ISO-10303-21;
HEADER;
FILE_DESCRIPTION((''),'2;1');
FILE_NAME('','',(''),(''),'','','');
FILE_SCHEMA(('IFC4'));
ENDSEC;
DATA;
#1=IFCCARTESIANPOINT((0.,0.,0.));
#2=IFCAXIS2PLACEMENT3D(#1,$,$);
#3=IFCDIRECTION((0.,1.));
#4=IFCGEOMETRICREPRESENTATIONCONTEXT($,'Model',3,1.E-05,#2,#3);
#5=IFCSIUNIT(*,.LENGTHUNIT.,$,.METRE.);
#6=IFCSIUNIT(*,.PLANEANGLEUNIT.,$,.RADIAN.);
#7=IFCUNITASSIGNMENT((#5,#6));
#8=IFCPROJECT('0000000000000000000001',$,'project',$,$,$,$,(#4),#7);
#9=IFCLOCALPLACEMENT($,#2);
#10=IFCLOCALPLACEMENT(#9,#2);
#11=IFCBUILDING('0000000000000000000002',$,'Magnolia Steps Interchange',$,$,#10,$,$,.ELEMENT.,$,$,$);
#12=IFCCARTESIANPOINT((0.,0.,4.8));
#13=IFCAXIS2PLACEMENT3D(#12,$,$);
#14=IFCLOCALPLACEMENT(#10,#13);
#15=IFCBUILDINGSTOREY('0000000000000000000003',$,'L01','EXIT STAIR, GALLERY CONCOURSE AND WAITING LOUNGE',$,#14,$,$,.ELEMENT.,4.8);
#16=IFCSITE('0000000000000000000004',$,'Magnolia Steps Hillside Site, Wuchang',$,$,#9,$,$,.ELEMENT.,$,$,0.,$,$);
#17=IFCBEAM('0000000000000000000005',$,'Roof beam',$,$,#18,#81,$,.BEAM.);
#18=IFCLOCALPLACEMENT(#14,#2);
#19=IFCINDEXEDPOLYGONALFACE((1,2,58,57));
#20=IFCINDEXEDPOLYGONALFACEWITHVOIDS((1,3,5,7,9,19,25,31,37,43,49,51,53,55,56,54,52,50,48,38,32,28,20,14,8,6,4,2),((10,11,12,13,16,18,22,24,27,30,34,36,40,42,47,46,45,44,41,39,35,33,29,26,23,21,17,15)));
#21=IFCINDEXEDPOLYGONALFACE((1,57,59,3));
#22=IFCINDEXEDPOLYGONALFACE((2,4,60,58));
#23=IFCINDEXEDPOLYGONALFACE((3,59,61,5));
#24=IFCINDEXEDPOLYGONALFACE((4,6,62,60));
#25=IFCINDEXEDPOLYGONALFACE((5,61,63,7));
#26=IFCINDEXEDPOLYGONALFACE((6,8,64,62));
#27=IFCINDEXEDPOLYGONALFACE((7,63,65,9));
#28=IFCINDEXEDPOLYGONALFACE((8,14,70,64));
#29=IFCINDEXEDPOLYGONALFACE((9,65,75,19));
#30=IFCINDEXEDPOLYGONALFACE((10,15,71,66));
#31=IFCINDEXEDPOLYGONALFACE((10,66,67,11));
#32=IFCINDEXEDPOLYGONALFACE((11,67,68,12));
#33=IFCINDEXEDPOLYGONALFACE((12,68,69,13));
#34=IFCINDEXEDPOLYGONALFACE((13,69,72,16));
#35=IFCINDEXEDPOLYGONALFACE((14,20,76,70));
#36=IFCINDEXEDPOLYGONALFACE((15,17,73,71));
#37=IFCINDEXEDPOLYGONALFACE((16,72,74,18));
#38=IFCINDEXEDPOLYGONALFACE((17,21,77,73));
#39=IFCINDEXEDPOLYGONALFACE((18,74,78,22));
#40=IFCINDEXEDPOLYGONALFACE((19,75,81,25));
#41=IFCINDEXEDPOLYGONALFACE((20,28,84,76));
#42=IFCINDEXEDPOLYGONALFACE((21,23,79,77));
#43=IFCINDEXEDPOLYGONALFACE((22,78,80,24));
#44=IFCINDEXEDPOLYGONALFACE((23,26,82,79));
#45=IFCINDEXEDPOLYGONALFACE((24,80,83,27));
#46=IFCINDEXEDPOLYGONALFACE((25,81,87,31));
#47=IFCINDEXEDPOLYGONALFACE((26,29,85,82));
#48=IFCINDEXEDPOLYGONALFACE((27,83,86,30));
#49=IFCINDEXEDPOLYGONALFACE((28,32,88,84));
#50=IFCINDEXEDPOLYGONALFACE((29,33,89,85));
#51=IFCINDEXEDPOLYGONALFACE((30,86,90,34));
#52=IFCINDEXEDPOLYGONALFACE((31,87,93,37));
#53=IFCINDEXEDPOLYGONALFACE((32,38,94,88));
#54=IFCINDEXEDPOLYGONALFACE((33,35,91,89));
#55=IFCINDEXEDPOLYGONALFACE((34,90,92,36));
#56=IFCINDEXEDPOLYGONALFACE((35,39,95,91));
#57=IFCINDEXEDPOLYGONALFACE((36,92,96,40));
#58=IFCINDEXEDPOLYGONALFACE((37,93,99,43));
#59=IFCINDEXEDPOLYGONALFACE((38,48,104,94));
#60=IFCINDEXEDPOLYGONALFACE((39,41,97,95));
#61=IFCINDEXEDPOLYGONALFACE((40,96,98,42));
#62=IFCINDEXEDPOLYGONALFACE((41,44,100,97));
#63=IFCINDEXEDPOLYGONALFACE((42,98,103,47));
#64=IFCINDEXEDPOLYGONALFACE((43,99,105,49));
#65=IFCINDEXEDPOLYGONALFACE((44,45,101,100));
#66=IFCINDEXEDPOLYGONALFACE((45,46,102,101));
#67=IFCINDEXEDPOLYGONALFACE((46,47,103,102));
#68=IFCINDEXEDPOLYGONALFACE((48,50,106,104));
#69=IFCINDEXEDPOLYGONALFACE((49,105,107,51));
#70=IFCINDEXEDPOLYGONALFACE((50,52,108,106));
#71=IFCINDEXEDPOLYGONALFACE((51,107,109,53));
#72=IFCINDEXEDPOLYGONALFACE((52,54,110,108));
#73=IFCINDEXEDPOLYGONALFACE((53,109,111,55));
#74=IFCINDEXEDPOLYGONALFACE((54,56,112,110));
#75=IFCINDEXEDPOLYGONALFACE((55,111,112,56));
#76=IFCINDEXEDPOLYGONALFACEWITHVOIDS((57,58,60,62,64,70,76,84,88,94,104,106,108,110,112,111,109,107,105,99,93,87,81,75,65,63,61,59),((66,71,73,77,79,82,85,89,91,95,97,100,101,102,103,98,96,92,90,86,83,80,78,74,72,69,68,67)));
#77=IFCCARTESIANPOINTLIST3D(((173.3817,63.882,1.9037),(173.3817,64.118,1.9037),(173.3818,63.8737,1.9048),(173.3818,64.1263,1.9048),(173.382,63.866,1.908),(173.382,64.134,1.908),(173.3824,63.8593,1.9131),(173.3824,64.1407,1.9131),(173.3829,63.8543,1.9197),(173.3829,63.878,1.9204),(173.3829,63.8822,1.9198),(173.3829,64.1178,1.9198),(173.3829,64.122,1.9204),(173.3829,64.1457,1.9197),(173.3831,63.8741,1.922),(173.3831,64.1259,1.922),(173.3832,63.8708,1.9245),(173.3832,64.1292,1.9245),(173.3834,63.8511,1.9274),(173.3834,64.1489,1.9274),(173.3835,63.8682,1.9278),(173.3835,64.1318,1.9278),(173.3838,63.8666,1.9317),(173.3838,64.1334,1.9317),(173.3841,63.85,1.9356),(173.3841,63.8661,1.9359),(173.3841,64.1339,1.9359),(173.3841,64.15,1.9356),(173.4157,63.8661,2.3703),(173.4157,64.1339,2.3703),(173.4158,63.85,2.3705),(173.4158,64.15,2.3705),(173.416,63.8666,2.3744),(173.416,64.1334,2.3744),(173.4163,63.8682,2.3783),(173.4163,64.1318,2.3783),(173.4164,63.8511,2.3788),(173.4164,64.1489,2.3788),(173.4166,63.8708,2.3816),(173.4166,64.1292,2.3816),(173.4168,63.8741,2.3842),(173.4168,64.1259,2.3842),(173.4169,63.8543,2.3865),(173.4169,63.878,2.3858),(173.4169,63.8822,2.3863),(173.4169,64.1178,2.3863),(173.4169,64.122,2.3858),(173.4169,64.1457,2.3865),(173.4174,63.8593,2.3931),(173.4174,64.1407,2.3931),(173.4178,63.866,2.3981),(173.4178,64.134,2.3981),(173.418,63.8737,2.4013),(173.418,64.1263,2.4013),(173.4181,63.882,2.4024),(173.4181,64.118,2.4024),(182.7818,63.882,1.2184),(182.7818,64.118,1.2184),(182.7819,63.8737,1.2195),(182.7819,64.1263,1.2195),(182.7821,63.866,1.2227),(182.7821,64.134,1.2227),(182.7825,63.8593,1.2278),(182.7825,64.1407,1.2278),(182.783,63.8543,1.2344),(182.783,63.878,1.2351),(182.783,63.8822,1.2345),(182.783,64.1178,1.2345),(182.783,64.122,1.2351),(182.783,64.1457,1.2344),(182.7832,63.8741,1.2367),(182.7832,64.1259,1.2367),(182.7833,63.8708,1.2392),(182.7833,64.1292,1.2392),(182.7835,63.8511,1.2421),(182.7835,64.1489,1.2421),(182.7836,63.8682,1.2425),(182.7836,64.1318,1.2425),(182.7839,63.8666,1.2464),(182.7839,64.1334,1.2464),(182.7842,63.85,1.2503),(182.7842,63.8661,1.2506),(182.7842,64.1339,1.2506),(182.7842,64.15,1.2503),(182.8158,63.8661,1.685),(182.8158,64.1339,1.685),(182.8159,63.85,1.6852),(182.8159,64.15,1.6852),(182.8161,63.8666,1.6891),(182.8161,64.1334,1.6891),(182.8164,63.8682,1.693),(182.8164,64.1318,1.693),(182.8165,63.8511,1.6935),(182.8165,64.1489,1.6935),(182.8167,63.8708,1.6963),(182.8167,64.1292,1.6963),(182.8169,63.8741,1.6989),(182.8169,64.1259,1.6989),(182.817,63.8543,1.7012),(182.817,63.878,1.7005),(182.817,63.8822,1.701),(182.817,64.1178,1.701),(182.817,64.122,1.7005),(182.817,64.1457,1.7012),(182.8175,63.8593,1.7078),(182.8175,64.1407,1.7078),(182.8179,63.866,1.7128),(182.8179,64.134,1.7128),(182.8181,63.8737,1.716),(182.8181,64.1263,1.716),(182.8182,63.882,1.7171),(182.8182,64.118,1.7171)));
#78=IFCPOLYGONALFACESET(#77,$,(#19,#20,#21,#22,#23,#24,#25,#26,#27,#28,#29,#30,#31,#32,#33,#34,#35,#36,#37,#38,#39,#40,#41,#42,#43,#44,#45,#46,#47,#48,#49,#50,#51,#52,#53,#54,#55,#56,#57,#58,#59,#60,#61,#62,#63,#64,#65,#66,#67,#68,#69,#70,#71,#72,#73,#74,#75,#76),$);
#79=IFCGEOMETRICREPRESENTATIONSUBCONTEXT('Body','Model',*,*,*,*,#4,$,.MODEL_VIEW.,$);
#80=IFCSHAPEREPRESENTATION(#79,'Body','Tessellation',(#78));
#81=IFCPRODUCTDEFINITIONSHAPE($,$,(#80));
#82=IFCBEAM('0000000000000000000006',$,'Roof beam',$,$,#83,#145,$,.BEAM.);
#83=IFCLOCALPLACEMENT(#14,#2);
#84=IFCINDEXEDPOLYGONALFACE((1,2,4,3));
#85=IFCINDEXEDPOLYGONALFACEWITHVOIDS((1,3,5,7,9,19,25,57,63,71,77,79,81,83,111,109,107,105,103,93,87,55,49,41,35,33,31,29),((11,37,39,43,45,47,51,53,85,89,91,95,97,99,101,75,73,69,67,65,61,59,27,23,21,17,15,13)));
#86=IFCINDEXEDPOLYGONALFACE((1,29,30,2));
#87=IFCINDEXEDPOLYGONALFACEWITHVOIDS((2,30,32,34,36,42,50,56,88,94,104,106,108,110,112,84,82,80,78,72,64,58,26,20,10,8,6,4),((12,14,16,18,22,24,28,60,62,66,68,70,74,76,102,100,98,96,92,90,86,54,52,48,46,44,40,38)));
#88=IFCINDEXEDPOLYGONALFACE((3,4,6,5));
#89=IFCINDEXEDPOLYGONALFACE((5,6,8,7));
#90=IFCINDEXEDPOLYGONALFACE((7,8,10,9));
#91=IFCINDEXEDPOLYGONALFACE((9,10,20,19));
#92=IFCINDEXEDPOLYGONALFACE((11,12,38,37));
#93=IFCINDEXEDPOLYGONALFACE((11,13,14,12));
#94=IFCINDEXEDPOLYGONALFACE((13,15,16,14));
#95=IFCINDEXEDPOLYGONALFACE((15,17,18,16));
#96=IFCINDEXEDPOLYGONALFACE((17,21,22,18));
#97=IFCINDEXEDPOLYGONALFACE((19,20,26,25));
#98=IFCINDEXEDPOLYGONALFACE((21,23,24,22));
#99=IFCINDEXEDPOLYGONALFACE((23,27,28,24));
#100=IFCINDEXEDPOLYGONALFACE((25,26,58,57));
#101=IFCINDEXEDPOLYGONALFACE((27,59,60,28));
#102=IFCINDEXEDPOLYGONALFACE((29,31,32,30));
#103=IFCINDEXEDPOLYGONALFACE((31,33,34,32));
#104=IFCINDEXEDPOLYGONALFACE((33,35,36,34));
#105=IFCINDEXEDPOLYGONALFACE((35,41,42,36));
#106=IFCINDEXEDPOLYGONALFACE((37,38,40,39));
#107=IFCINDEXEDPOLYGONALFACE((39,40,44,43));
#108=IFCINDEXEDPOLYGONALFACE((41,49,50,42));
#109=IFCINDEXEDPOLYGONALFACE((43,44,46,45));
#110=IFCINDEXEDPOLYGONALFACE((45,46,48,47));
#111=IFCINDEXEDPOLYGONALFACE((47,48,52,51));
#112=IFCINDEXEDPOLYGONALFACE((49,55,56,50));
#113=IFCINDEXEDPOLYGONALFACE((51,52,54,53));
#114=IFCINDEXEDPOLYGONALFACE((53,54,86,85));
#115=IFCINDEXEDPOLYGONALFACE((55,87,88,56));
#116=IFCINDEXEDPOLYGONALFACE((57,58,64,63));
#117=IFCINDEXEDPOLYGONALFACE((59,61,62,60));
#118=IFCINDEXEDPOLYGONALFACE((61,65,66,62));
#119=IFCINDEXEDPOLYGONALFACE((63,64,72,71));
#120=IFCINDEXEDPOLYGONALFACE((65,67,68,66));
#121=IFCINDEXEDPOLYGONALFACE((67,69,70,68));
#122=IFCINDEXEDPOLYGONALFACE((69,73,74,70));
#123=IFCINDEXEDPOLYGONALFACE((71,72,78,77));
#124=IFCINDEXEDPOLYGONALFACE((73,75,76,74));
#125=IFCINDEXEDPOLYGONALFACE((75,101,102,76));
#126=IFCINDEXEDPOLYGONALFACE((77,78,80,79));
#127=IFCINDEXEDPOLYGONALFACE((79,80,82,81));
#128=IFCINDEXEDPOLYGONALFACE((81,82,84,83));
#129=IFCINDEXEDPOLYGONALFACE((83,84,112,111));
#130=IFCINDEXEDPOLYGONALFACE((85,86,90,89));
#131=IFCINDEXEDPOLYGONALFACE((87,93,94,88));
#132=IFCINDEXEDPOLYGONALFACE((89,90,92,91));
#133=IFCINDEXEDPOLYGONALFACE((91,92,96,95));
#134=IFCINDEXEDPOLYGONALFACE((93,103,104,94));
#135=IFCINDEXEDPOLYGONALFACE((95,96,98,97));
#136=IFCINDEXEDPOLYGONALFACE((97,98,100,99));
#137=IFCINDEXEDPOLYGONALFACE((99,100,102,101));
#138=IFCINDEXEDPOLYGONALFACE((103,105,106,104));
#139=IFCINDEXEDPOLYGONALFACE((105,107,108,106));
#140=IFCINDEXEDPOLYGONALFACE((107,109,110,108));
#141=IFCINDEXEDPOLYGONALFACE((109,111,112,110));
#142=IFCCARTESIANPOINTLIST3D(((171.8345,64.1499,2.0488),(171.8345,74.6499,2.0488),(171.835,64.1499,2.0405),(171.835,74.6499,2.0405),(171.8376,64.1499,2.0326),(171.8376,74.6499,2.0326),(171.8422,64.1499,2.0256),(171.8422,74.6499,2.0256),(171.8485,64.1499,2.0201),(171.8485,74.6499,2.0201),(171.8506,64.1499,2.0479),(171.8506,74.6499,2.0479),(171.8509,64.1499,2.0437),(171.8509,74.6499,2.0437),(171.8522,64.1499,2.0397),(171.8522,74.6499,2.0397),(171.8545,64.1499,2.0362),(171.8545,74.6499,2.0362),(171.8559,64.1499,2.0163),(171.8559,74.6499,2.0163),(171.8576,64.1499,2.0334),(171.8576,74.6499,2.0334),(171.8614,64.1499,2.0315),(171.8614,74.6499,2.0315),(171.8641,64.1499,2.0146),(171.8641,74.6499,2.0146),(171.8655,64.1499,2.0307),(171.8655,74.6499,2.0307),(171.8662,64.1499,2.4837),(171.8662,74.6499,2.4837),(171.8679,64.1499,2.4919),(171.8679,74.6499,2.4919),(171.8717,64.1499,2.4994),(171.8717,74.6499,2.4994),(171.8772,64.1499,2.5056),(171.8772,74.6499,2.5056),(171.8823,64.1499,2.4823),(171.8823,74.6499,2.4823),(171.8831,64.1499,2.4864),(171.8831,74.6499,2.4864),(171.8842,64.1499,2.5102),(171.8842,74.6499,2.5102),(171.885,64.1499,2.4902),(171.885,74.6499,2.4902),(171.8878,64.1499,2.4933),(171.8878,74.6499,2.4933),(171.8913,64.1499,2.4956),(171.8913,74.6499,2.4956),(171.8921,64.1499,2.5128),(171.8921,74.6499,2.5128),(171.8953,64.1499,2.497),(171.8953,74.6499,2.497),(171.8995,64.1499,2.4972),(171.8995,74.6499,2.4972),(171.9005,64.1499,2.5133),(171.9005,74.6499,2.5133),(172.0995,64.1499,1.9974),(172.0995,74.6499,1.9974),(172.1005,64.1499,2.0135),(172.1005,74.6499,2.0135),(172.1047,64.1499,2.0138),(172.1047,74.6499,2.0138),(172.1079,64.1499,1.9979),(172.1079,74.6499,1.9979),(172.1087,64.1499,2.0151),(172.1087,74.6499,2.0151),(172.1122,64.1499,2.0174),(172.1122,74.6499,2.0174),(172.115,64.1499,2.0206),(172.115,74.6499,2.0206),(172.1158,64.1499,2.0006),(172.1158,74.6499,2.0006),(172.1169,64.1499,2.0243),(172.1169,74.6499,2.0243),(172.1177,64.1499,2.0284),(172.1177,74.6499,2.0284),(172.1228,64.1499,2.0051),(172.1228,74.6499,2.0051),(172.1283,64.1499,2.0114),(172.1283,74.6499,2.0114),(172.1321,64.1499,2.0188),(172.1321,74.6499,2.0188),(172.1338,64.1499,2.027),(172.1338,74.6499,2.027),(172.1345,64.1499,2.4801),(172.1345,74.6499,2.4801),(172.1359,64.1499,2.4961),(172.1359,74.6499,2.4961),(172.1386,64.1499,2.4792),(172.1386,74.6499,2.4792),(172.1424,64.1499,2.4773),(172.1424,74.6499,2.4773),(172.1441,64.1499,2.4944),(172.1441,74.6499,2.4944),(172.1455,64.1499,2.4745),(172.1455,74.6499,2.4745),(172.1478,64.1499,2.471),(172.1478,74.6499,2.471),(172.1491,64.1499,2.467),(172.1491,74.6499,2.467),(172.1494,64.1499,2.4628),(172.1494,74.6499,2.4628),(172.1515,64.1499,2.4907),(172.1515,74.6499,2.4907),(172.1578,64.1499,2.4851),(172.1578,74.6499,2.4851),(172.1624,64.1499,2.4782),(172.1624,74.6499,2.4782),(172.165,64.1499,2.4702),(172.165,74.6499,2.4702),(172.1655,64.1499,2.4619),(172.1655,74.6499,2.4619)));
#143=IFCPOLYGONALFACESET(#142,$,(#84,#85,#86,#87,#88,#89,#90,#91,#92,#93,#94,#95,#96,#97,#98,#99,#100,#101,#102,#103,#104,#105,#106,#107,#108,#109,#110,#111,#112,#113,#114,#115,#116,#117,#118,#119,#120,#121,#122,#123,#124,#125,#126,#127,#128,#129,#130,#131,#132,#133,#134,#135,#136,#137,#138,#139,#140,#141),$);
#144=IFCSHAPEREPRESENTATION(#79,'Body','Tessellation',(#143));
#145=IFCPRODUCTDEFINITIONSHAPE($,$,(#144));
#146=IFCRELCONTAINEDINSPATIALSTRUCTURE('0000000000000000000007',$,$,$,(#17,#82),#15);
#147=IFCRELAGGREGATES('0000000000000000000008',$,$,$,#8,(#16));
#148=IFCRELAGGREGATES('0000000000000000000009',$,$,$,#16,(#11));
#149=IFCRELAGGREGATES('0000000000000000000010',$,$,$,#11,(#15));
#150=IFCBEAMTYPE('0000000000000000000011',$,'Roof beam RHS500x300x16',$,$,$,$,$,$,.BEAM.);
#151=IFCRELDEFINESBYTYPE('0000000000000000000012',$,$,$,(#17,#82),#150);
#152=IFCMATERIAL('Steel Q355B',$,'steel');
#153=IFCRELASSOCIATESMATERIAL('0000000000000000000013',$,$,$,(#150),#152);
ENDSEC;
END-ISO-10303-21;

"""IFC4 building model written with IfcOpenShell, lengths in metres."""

from ifc_helpers import new_model, si_unit, direction, frame, origin, origin_2d, place, context, subcontext, project, spatial, hollow_rectangle, extrude, material, material_profile, profile_set, type_object, element, save


model = new_model("IFC4")

# Units and contexts
model_context = context("Model", 3, precision=1e-05, world=origin(), true_north=direction((0.0, 1.0)))
body_context = subcontext(model_context, "Body", "Model", "MODEL_VIEW")
ifc_project = project(units=[si_unit("LENGTHUNIT", "METRE"), si_unit("PLANEANGLEUNIT", "RADIAN")], contexts=[model_context])

# Site, building, storey
site_placement = place(None, origin())
site = spatial("IfcSite", under=ifc_project, at=site_placement, Name="Magnolia Steps Hillside Site, Wuchang", CompositionType="ELEMENT", RefElevation=0.0)
building_placement = place(site_placement, origin())
building = spatial("IfcBuilding", under=site, at=building_placement, Name="Magnolia Steps Interchange", CompositionType="ELEMENT")
storey_placement = place(building_placement, frame((0.0, 0.0, 4.8)))
storey = spatial("IfcBuildingStorey", under=building, at=storey_placement, Name="L01", Description="EXIT STAIR, GALLERY CONCOURSE AND WAITING LOUNGE", CompositionType="ELEMENT", Elevation=4.8)

# Beams
ifc_material_1 = material(Name="Steel Q355B", Category="steel")
ifc_material_profile_1 = material_profile(ifc_material_1, hollow_rectangle(XDim=0.3, YDim=0.5, WallThickness=0.0161, InnerFilletRadius=0.0161, OuterFilletRadius=0.032, at=origin_2d()), Name="RHS500x300x16")
ifc_profile_set_1 = profile_set([ifc_material_profile_1], Name="Steel Q355B")
beam_type_1 = type_object("IfcBeamType", Name="Roof beam RHS500x300x16", PredefinedType="BEAM", material=ifc_profile_set_1)
beam_1_placement = place(storey_placement, frame((173.3999, 64.0, 2.1531), z_axis=(0.997353, 0.0, -0.07271), x_axis=(0.0, 1.0, 0.0)))
element("IfcBeam", 1, at=beam_1_placement, inside=storey, type_object=beam_type_1, Name="Roof beam", PredefinedType="BEAM", context=body_context, shape_type="SweptSolid", body=[
    extrude(hollow_rectangle(XDim=0.3, YDim=0.5, WallThickness=0.0161, InnerFilletRadius=0.0161, OuterFilletRadius=0.032, at=origin_2d()), origin(), (0.0, 0.0, 1.0), 9.425),
])
beam_2_placement = place(storey_placement, frame((172.0, 64.1499, 2.2554), z_axis=(0.0, 1.0, 0.0), x_axis=(-0.997352, 0.0, 0.072724)))
element("IfcBeam", 2, at=beam_2_placement, inside=storey, type_object=beam_type_1, Name="Roof beam", PredefinedType="BEAM", context=body_context, shape_type="SweptSolid", body=[
    extrude(hollow_rectangle(XDim=0.3, YDim=0.5, WallThickness=0.0161, InnerFilletRadius=0.0161, OuterFilletRadius=0.032, at=origin_2d()), origin(), (0.0, 0.0, 1.0), 10.5),
])

save(model, "model.ifc")
